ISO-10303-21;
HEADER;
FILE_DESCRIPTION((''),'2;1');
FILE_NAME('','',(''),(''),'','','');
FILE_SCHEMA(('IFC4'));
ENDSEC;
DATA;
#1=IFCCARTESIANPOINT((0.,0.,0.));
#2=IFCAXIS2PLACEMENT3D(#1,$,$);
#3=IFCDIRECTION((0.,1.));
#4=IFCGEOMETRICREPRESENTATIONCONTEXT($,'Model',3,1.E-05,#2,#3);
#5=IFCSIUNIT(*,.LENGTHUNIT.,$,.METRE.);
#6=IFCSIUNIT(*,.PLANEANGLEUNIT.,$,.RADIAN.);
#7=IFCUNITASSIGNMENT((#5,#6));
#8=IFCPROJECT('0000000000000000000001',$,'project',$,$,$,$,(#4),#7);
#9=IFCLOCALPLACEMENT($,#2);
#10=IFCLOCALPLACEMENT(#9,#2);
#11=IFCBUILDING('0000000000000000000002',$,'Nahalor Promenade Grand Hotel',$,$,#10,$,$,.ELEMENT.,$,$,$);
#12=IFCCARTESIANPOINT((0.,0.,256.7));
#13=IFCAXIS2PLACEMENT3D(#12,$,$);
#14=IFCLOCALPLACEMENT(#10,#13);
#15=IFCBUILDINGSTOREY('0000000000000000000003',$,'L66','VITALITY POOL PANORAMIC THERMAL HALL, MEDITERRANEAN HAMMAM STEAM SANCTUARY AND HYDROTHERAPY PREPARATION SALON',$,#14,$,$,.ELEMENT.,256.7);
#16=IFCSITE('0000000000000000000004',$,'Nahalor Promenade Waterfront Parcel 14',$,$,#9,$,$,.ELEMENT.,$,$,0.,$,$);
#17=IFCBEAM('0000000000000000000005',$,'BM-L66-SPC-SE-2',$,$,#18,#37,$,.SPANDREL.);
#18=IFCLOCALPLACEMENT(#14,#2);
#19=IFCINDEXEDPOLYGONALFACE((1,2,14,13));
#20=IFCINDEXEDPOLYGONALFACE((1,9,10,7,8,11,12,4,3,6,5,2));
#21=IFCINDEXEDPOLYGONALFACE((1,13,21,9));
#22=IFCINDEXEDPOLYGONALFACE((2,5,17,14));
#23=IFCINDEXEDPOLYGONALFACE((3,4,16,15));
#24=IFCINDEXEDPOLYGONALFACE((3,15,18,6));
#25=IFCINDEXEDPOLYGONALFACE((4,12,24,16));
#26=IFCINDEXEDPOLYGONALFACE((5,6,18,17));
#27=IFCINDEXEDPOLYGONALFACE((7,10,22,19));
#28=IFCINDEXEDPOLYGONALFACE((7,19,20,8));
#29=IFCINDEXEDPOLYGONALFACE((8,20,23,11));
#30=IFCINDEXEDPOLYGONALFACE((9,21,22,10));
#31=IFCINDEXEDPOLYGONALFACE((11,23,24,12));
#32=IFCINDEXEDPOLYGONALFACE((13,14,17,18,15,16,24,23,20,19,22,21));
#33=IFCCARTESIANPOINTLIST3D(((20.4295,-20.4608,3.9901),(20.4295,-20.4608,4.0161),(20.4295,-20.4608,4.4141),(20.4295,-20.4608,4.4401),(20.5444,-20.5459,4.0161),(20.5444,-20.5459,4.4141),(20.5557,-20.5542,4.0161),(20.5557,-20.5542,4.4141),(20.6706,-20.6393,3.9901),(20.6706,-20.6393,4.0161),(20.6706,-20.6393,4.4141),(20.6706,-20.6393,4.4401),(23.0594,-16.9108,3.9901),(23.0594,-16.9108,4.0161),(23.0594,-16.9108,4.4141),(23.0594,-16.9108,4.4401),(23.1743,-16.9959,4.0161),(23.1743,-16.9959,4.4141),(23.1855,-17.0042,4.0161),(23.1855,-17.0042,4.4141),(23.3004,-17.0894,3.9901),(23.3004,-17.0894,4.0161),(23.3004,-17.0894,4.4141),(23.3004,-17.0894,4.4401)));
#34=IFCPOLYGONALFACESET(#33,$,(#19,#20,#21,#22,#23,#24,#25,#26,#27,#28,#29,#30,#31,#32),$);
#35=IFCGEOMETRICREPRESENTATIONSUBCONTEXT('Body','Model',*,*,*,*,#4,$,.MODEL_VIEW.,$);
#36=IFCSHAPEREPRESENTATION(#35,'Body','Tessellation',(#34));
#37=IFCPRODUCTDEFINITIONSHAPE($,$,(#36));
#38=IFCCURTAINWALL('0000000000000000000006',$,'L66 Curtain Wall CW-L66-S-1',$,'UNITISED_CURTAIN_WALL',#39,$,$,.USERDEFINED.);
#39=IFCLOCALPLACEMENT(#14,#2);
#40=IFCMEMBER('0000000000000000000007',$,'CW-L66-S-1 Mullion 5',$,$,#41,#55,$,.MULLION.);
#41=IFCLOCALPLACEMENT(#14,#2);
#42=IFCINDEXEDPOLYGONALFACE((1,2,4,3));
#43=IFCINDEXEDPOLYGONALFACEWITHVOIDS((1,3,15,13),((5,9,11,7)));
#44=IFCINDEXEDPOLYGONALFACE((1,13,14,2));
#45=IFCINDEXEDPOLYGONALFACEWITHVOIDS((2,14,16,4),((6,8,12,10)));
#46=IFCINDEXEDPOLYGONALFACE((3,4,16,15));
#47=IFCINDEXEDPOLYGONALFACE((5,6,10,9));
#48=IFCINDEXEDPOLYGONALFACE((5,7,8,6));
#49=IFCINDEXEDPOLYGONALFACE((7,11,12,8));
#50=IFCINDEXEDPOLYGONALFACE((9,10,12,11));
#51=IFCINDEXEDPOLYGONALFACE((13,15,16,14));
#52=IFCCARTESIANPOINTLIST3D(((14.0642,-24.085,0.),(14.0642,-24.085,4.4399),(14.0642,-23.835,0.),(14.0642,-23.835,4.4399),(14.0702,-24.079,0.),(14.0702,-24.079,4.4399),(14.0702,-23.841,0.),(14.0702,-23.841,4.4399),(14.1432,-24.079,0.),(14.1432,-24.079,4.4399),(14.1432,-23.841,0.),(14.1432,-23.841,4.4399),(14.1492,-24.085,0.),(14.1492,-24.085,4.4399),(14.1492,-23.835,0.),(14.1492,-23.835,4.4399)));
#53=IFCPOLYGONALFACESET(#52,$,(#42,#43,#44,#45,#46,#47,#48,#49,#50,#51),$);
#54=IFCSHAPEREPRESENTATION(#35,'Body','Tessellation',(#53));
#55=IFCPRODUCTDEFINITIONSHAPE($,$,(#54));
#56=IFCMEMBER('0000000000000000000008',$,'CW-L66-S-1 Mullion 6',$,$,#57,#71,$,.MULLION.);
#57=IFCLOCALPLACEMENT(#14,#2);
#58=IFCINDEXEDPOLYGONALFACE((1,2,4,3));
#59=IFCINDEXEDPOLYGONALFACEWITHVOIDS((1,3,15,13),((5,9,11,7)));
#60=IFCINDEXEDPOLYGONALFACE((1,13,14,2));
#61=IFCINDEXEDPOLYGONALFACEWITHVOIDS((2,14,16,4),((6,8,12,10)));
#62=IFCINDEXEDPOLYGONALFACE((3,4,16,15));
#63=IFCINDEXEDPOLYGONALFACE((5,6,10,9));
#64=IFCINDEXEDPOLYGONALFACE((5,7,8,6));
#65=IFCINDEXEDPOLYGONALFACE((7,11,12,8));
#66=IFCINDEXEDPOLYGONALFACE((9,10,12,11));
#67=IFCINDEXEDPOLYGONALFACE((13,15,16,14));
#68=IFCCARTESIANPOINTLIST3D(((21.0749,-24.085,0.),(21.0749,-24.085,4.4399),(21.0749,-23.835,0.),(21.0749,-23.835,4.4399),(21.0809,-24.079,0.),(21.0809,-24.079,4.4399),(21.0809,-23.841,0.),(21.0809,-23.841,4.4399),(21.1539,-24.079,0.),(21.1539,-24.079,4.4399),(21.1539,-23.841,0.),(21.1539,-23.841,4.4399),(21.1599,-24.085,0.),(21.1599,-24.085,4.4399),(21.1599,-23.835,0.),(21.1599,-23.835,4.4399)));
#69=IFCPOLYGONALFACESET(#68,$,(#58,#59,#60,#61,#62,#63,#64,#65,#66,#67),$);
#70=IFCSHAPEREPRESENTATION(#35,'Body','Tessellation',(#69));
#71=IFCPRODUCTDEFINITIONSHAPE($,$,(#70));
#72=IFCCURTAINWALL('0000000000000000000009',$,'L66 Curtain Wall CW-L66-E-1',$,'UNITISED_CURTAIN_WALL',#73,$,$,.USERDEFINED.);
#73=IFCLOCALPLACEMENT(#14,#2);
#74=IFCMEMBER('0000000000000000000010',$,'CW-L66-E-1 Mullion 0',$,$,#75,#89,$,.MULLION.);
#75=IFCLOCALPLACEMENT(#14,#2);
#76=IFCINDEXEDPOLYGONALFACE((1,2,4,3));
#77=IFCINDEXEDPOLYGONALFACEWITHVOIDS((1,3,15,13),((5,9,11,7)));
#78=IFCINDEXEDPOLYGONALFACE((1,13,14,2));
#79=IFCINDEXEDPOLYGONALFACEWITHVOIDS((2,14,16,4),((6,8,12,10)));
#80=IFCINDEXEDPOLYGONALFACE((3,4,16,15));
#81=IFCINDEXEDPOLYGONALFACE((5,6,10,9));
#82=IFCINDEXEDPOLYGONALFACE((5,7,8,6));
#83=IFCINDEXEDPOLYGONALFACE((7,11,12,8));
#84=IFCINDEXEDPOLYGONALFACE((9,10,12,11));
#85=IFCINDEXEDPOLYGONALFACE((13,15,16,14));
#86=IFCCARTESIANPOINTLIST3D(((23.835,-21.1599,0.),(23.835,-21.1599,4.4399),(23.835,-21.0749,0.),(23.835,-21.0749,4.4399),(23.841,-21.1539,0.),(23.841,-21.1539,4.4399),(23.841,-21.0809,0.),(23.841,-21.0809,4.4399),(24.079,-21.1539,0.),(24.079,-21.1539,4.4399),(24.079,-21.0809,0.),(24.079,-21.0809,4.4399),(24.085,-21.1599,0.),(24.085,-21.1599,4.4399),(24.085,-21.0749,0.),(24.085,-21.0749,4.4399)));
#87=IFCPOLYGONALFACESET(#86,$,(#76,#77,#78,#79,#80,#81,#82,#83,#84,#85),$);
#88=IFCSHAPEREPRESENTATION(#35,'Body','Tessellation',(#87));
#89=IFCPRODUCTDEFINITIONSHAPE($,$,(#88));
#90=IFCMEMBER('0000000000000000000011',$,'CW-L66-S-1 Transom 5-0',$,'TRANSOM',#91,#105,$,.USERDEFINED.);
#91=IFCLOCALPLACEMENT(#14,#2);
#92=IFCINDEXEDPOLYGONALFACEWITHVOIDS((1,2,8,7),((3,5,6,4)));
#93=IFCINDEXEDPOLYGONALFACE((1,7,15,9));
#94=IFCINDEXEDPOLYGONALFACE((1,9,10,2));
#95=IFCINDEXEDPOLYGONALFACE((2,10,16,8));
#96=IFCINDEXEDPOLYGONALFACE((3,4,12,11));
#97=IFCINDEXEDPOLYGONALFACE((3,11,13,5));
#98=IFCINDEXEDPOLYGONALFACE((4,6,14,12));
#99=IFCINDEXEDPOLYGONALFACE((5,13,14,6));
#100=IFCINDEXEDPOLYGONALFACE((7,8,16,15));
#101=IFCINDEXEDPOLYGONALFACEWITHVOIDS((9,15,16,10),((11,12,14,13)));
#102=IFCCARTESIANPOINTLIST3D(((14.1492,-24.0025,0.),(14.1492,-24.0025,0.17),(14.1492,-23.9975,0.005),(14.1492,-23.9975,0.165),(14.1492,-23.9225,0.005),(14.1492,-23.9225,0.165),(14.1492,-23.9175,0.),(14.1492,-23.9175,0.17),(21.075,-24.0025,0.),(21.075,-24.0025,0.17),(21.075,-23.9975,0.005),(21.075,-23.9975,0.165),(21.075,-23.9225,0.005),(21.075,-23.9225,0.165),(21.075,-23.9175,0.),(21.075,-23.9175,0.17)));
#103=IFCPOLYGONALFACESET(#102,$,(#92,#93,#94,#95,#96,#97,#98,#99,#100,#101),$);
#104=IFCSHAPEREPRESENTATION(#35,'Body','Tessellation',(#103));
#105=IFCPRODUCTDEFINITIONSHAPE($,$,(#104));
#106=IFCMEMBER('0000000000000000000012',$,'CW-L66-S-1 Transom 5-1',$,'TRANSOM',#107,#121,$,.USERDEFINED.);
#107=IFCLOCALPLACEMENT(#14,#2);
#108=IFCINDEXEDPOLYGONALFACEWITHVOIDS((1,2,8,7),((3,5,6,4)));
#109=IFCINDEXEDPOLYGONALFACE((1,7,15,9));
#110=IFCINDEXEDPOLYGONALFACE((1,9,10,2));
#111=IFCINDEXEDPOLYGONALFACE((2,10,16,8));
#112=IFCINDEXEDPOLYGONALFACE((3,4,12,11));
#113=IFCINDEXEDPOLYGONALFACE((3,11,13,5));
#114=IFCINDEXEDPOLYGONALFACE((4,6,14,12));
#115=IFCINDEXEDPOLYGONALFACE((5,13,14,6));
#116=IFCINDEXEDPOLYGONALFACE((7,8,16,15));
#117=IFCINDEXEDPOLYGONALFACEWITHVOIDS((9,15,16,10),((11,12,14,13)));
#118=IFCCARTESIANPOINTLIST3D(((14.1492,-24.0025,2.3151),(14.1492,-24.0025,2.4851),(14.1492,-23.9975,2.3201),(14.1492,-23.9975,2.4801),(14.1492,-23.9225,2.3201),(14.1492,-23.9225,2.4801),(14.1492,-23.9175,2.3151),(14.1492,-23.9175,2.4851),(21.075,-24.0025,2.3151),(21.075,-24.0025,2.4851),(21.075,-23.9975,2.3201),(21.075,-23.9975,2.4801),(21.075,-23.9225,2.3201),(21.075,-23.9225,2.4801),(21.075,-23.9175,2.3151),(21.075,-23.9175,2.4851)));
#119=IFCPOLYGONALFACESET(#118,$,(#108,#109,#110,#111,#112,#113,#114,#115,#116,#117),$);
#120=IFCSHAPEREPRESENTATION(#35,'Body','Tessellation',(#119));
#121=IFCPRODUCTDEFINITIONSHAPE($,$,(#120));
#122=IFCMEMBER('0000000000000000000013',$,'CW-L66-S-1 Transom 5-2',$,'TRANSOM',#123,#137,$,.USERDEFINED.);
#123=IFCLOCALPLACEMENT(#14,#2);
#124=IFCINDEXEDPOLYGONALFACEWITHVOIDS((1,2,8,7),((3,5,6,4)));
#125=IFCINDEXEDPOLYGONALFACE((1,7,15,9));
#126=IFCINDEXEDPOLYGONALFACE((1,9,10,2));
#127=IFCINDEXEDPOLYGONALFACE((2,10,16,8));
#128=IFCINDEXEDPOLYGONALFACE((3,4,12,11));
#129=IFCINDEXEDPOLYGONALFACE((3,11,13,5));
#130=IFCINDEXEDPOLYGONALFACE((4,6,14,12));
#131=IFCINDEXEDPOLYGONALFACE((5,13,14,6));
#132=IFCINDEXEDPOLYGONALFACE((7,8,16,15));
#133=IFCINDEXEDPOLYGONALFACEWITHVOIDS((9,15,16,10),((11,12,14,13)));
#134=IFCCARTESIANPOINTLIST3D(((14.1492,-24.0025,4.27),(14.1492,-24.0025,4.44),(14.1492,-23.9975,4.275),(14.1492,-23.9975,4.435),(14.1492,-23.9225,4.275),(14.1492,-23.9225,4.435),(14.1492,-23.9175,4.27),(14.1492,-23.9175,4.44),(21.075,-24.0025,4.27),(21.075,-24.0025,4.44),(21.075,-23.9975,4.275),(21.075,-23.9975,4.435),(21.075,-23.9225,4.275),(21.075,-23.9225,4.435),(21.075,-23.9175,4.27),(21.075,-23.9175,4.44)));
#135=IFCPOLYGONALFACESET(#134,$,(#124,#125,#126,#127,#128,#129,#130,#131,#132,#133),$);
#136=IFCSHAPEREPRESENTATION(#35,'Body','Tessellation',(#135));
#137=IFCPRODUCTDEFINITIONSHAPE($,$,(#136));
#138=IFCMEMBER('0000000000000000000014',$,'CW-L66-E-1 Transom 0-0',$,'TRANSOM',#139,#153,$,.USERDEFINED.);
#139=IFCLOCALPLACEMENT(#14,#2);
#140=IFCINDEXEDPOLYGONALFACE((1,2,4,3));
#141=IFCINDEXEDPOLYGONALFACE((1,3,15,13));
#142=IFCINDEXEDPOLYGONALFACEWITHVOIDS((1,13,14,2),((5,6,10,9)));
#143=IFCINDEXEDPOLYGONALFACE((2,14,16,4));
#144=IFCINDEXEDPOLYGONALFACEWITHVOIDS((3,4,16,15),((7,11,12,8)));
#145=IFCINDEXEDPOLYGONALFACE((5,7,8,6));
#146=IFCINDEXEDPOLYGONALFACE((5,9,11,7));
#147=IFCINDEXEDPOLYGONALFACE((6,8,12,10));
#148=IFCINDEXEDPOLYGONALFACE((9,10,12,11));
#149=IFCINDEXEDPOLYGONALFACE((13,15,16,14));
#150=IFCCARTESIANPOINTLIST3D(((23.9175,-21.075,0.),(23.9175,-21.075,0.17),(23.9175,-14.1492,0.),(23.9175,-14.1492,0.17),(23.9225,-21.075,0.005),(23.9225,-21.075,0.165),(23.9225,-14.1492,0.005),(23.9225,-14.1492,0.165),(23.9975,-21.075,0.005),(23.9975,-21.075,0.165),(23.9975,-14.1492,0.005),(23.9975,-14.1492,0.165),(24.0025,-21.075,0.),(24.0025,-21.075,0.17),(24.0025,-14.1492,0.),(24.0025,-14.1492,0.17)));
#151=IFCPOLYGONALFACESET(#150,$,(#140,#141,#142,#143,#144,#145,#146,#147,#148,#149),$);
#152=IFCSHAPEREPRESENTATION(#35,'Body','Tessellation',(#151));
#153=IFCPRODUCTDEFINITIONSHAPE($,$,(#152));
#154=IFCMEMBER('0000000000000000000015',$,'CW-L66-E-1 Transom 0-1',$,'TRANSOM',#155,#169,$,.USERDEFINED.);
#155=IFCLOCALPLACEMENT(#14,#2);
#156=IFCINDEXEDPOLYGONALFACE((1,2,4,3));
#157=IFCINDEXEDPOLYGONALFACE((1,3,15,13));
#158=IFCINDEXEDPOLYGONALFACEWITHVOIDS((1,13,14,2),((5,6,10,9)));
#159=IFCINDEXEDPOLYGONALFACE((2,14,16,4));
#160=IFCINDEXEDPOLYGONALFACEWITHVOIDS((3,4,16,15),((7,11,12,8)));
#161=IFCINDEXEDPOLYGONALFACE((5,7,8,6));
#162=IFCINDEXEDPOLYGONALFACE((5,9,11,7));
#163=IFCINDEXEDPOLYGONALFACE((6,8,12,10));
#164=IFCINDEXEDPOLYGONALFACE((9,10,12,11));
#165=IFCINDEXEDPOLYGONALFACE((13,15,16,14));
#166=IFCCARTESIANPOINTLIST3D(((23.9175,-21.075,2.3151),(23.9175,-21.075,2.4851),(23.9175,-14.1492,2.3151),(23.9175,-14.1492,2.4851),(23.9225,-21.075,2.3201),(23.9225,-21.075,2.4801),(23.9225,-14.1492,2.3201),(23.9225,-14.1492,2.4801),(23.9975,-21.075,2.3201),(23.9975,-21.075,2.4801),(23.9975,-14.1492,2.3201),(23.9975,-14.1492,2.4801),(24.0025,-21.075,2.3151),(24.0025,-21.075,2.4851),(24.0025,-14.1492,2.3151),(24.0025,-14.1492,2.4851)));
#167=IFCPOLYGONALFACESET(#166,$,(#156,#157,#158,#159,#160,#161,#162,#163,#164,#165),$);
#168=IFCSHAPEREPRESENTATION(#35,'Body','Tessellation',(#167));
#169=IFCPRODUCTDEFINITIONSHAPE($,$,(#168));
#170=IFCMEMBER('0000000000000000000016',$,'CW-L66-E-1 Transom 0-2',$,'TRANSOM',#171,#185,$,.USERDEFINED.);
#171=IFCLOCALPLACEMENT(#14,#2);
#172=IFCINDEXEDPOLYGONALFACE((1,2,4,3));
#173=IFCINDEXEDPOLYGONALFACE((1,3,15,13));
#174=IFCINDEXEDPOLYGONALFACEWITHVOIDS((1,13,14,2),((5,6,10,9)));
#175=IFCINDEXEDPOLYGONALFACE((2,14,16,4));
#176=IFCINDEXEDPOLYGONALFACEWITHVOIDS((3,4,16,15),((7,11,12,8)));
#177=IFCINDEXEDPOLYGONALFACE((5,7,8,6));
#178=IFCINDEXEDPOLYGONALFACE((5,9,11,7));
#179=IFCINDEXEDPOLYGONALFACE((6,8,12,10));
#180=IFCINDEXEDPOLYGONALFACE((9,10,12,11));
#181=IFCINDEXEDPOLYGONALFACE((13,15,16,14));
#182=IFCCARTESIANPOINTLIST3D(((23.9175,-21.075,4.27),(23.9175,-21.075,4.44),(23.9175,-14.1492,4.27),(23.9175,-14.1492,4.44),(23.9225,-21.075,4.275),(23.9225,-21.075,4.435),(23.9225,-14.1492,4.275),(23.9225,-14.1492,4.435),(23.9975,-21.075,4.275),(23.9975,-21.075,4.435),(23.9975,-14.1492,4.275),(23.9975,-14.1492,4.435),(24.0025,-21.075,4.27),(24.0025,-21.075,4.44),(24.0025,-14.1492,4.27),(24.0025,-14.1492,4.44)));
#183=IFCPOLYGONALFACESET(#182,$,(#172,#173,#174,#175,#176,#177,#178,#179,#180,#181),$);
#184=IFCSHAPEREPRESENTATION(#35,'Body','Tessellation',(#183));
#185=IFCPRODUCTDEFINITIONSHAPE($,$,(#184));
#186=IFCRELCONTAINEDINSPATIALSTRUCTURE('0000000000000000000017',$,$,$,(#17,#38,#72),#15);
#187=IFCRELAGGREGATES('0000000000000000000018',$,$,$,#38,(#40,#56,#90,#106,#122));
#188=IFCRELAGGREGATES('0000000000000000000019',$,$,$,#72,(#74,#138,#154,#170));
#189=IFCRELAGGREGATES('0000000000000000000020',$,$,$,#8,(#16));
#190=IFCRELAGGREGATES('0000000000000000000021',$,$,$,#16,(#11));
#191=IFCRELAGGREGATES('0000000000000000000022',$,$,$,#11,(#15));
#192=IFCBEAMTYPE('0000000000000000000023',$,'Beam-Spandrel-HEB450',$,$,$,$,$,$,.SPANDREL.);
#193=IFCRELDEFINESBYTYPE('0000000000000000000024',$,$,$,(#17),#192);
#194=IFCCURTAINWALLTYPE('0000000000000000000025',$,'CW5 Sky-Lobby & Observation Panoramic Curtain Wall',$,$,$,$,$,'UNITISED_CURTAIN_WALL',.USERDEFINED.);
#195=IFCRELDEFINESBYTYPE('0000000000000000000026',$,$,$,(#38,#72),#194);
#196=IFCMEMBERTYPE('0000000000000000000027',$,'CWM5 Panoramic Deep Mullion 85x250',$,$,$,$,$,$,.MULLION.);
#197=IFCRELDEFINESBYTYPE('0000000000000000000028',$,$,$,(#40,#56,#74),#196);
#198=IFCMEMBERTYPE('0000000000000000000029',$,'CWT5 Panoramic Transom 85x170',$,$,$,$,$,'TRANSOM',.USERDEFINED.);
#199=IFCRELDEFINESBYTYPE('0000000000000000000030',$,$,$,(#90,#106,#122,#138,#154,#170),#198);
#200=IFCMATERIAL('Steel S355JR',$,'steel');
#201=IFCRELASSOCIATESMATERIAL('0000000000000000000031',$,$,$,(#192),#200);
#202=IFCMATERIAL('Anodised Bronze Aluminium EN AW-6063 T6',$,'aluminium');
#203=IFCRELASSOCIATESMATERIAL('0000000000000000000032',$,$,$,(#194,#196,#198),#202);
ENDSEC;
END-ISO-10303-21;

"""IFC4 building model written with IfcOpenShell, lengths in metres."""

from ifc_helpers import new_model, si_unit, direction, frame, origin, origin_2d, place, context, subcontext, project, spatial, hollow_rectangle, i_section, extrude, source, transform, mapped, material, material_profile, profile_set, type_object, element, aggregate, save


model = new_model("IFC4")

# Units and contexts
model_context = context("Model", 3, precision=1e-05, world=origin(), true_north=direction((0.0, 1.0)))
body_context = subcontext(model_context, "Body", "Model", "MODEL_VIEW")
ifc_project = project(units=[si_unit("LENGTHUNIT", "METRE"), si_unit("PLANEANGLEUNIT", "RADIAN")], contexts=[model_context])

# Site, building, storey
site_placement = place(None, origin())
site = spatial("IfcSite", under=ifc_project, at=site_placement, Name="Nahalor Promenade Waterfront Parcel 14", CompositionType="ELEMENT", RefElevation=0.0)
building_placement = place(site_placement, origin())
building = spatial("IfcBuilding", under=site, at=building_placement, Name="Nahalor Promenade Grand Hotel", CompositionType="ELEMENT")
storey_placement = place(building_placement, frame((0.0, 0.0, 256.7)))
storey = spatial("IfcBuildingStorey", under=building, at=storey_placement, Name="L66", Description="VITALITY POOL PANORAMIC THERMAL HALL, MEDITERRANEAN HAMMAM STEAM SANCTUARY AND HYDROTHERAPY PREPARATION SALON", CompositionType="ELEMENT", Elevation=256.7)

# Shared definitions
ifc_material_1 = material(Name="Steel S355JR", Category="steel")

# Beam
ifc_material_profile_1 = material_profile(ifc_material_1, i_section(OverallWidth=0.3, OverallDepth=0.45, WebThickness=0.014, FlangeThickness=0.026, at=origin_2d()), Name="HEB 450")
ifc_profile_set_1 = profile_set([ifc_material_profile_1], Name="Steel S355JR")
beam_type_1 = type_object("IfcBeamType", Name="Beam-Spandrel-HEB450", PredefinedType="SPANDREL", material=ifc_profile_set_1)
shared_shape_1 = source(origin(), body_context, "Body", "SweptSolid", [
    extrude(i_section(OverallWidth=0.3, OverallDepth=0.45, WebThickness=0.014, FlangeThickness=0.026, at=origin_2d()), origin(), (0.0, 0.0, 1.0), 4.418),
])
for number, where, z_axis, x_axis, name in (
    (1, (20.55, -20.55, 4.2151), (0.595259, 0.803534, 0.0), (-0.803534, 0.595259, 0.0), "BM-L66-SPC-SE-2"),
):
    element("IfcBeam", number, at=place(storey_placement, frame(where, z_axis=z_axis, x_axis=x_axis)), inside=storey, type_object=beam_type_1, Name=name, PredefinedType="SPANDREL", context=body_context, shape_type="MappedRepresentation", body=[
        mapped(shared_shape_1, transform((0.0, 0.0, 0.0), scale=1.0)),
    ])

# Curtain wall, members
ifc_material_2 = material(Name="Anodised Bronze Aluminium EN AW-6063 T6", Category="aluminium")
curtain_wall_type = type_object("IfcCurtainWallType", Name="CW5 Sky-Lobby & Observation Panoramic Curtain Wall", ElementType="UNITISED_CURTAIN_WALL", PredefinedType="USERDEFINED", material=ifc_material_2)
curtain_wall_1_placement = place(storey_placement, origin())
curtain_wall_1 = element("IfcCurtainWall", 2, at=curtain_wall_1_placement, inside=storey, type_object=curtain_wall_type, Name="L66 Curtain Wall CW-L66-S-1", ObjectType="UNITISED_CURTAIN_WALL", PredefinedType="USERDEFINED")
ifc_material_profile_2 = material_profile(ifc_material_2, hollow_rectangle(XDim=0.085, YDim=0.25, WallThickness=0.006, at=origin_2d()), Name="CWM 85x250x6")
ifc_profile_set_2 = profile_set([ifc_material_profile_2], Name="Anodised Bronze Aluminium EN AW-6063 T6")
member_type_1 = type_object("IfcMemberType", Name="CWM5 Panoramic Deep Mullion 85x250", PredefinedType="MULLION", material=ifc_profile_set_2)
shared_shape_2 = source(origin(), body_context, "Body", "SweptSolid", [
    extrude(hollow_rectangle(XDim=0.085, YDim=0.25, WallThickness=0.006, at=origin_2d()), origin(), (0.0, 0.0, 1.0), 4.4399),
])
member_1_placement = place(storey_placement, frame((14.1067, -23.96, 0.0), z_axis=(0.0, 0.0, 1.0), x_axis=(1.0, 0.0, 0.0)))
member_1 = element("IfcMember", 3, at=member_1_placement, type_object=member_type_1, Name="CW-L66-S-1 Mullion 5", PredefinedType="MULLION", context=body_context, shape_type="MappedRepresentation", body=[
    mapped(shared_shape_2, transform((0.0, 0.0, 0.0), scale=1.0)),
])
member_2_placement = place(storey_placement, frame((21.1174, -23.96, 0.0), z_axis=(0.0, 0.0, 1.0), x_axis=(1.0, 0.0, 0.0)))
member_2 = element("IfcMember", 4, at=member_2_placement, type_object=member_type_1, Name="CW-L66-S-1 Mullion 6", PredefinedType="MULLION", context=body_context, shape_type="MappedRepresentation", body=[
    mapped(shared_shape_2, transform((0.0, 0.0, 0.0), scale=1.0)),
])

# Curtain wall, member
curtain_wall_2_placement = place(storey_placement, origin())
curtain_wall_2 = element("IfcCurtainWall", 5, at=curtain_wall_2_placement, inside=storey, type_object=curtain_wall_type, Name="L66 Curtain Wall CW-L66-E-1", ObjectType="UNITISED_CURTAIN_WALL", PredefinedType="USERDEFINED")
member_3_placement = place(storey_placement, frame((23.96, -21.1174, 0.0), z_axis=(0.0, 0.0, 1.0), x_axis=(0.0, 1.0, 0.0)))
member_3 = element("IfcMember", 6, at=member_3_placement, type_object=member_type_1, Name="CW-L66-E-1 Mullion 0", PredefinedType="MULLION", context=body_context, shape_type="MappedRepresentation", body=[
    mapped(shared_shape_2, transform((0.0, 0.0, 0.0), scale=1.0)),
])

# Members
ifc_material_profile_3 = material_profile(ifc_material_2, hollow_rectangle(XDim=0.085, YDim=0.17, WallThickness=0.005, at=origin_2d()), Name="CWT 85x170x5")
ifc_profile_set_3 = profile_set([ifc_material_profile_3], Name="Anodised Bronze Aluminium EN AW-6063 T6")
member_type_2 = type_object("IfcMemberType", Name="CWT5 Panoramic Transom 85x170", ElementType="TRANSOM", PredefinedType="USERDEFINED", material=ifc_profile_set_3)
shared_shape_3 = source(origin(), body_context, "Body", "SweptSolid", [
    extrude(hollow_rectangle(XDim=0.085, YDim=0.17, WallThickness=0.005, at=origin_2d()), origin(), (0.0, 0.0, 1.0), 6.9258),
])
member_4_placement = place(storey_placement, frame((14.1492, -23.96, 0.085), z_axis=(1.0, 0.0, 0.0), x_axis=(0.0, 1.0, 0.0)))
member_4 = element("IfcMember", 7, at=member_4_placement, type_object=member_type_2, Name="CW-L66-S-1 Transom 5-0", ObjectType="TRANSOM", PredefinedType="USERDEFINED", context=body_context, shape_type="MappedRepresentation", body=[
    mapped(shared_shape_3, transform((0.0, 0.0, 0.0), scale=1.0)),
])
member_5_placement = place(storey_placement, frame((14.1492, -23.96, 2.4001), z_axis=(1.0, 0.0, 0.0), x_axis=(0.0, 1.0, 0.0)))
member_5 = element("IfcMember", 8, at=member_5_placement, type_object=member_type_2, Name="CW-L66-S-1 Transom 5-1", ObjectType="TRANSOM", PredefinedType="USERDEFINED", context=body_context, shape_type="MappedRepresentation", body=[
    mapped(shared_shape_3, transform((0.0, 0.0, 0.0), scale=1.0)),
])
member_6_placement = place(storey_placement, frame((14.1492, -23.96, 4.355), z_axis=(1.0, 0.0, 0.0), x_axis=(0.0, 1.0, 0.0)))
member_6 = element("IfcMember", 9, at=member_6_placement, type_object=member_type_2, Name="CW-L66-S-1 Transom 5-2", ObjectType="TRANSOM", PredefinedType="USERDEFINED", context=body_context, shape_type="MappedRepresentation", body=[
    mapped(shared_shape_3, transform((0.0, 0.0, 0.0), scale=1.0)),
])
member_7_placement = place(storey_placement, frame((23.96, -21.075, 0.085), z_axis=(0.0, 1.0, 0.0), x_axis=(-1.0, 0.0, 0.0)))
member_7 = element("IfcMember", 10, at=member_7_placement, type_object=member_type_2, Name="CW-L66-E-1 Transom 0-0", ObjectType="TRANSOM", PredefinedType="USERDEFINED", context=body_context, shape_type="MappedRepresentation", body=[
    mapped(shared_shape_3, transform((0.0, 0.0, 0.0), scale=1.0)),
])
member_8_placement = place(storey_placement, frame((23.96, -21.075, 2.4001), z_axis=(0.0, 1.0, 0.0), x_axis=(-1.0, 0.0, 0.0)))
member_8 = element("IfcMember", 11, at=member_8_placement, type_object=member_type_2, Name="CW-L66-E-1 Transom 0-1", ObjectType="TRANSOM", PredefinedType="USERDEFINED", context=body_context, shape_type="MappedRepresentation", body=[
    mapped(shared_shape_3, transform((0.0, 0.0, 0.0), scale=1.0)),
])
member_9_placement = place(storey_placement, frame((23.96, -21.075, 4.355), z_axis=(0.0, 1.0, 0.0), x_axis=(-1.0, 0.0, 0.0)))
member_9 = element("IfcMember", 12, at=member_9_placement, type_object=member_type_2, Name="CW-L66-E-1 Transom 0-2", ObjectType="TRANSOM", PredefinedType="USERDEFINED", context=body_context, shape_type="MappedRepresentation", body=[
    mapped(shared_shape_3, transform((0.0, 0.0, 0.0), scale=1.0)),
])

aggregate(curtain_wall_1, [member_1, member_2, member_4, member_5, member_6])
aggregate(curtain_wall_2, [member_3, member_7, member_8, member_9])

save(model, "model.ifc")
